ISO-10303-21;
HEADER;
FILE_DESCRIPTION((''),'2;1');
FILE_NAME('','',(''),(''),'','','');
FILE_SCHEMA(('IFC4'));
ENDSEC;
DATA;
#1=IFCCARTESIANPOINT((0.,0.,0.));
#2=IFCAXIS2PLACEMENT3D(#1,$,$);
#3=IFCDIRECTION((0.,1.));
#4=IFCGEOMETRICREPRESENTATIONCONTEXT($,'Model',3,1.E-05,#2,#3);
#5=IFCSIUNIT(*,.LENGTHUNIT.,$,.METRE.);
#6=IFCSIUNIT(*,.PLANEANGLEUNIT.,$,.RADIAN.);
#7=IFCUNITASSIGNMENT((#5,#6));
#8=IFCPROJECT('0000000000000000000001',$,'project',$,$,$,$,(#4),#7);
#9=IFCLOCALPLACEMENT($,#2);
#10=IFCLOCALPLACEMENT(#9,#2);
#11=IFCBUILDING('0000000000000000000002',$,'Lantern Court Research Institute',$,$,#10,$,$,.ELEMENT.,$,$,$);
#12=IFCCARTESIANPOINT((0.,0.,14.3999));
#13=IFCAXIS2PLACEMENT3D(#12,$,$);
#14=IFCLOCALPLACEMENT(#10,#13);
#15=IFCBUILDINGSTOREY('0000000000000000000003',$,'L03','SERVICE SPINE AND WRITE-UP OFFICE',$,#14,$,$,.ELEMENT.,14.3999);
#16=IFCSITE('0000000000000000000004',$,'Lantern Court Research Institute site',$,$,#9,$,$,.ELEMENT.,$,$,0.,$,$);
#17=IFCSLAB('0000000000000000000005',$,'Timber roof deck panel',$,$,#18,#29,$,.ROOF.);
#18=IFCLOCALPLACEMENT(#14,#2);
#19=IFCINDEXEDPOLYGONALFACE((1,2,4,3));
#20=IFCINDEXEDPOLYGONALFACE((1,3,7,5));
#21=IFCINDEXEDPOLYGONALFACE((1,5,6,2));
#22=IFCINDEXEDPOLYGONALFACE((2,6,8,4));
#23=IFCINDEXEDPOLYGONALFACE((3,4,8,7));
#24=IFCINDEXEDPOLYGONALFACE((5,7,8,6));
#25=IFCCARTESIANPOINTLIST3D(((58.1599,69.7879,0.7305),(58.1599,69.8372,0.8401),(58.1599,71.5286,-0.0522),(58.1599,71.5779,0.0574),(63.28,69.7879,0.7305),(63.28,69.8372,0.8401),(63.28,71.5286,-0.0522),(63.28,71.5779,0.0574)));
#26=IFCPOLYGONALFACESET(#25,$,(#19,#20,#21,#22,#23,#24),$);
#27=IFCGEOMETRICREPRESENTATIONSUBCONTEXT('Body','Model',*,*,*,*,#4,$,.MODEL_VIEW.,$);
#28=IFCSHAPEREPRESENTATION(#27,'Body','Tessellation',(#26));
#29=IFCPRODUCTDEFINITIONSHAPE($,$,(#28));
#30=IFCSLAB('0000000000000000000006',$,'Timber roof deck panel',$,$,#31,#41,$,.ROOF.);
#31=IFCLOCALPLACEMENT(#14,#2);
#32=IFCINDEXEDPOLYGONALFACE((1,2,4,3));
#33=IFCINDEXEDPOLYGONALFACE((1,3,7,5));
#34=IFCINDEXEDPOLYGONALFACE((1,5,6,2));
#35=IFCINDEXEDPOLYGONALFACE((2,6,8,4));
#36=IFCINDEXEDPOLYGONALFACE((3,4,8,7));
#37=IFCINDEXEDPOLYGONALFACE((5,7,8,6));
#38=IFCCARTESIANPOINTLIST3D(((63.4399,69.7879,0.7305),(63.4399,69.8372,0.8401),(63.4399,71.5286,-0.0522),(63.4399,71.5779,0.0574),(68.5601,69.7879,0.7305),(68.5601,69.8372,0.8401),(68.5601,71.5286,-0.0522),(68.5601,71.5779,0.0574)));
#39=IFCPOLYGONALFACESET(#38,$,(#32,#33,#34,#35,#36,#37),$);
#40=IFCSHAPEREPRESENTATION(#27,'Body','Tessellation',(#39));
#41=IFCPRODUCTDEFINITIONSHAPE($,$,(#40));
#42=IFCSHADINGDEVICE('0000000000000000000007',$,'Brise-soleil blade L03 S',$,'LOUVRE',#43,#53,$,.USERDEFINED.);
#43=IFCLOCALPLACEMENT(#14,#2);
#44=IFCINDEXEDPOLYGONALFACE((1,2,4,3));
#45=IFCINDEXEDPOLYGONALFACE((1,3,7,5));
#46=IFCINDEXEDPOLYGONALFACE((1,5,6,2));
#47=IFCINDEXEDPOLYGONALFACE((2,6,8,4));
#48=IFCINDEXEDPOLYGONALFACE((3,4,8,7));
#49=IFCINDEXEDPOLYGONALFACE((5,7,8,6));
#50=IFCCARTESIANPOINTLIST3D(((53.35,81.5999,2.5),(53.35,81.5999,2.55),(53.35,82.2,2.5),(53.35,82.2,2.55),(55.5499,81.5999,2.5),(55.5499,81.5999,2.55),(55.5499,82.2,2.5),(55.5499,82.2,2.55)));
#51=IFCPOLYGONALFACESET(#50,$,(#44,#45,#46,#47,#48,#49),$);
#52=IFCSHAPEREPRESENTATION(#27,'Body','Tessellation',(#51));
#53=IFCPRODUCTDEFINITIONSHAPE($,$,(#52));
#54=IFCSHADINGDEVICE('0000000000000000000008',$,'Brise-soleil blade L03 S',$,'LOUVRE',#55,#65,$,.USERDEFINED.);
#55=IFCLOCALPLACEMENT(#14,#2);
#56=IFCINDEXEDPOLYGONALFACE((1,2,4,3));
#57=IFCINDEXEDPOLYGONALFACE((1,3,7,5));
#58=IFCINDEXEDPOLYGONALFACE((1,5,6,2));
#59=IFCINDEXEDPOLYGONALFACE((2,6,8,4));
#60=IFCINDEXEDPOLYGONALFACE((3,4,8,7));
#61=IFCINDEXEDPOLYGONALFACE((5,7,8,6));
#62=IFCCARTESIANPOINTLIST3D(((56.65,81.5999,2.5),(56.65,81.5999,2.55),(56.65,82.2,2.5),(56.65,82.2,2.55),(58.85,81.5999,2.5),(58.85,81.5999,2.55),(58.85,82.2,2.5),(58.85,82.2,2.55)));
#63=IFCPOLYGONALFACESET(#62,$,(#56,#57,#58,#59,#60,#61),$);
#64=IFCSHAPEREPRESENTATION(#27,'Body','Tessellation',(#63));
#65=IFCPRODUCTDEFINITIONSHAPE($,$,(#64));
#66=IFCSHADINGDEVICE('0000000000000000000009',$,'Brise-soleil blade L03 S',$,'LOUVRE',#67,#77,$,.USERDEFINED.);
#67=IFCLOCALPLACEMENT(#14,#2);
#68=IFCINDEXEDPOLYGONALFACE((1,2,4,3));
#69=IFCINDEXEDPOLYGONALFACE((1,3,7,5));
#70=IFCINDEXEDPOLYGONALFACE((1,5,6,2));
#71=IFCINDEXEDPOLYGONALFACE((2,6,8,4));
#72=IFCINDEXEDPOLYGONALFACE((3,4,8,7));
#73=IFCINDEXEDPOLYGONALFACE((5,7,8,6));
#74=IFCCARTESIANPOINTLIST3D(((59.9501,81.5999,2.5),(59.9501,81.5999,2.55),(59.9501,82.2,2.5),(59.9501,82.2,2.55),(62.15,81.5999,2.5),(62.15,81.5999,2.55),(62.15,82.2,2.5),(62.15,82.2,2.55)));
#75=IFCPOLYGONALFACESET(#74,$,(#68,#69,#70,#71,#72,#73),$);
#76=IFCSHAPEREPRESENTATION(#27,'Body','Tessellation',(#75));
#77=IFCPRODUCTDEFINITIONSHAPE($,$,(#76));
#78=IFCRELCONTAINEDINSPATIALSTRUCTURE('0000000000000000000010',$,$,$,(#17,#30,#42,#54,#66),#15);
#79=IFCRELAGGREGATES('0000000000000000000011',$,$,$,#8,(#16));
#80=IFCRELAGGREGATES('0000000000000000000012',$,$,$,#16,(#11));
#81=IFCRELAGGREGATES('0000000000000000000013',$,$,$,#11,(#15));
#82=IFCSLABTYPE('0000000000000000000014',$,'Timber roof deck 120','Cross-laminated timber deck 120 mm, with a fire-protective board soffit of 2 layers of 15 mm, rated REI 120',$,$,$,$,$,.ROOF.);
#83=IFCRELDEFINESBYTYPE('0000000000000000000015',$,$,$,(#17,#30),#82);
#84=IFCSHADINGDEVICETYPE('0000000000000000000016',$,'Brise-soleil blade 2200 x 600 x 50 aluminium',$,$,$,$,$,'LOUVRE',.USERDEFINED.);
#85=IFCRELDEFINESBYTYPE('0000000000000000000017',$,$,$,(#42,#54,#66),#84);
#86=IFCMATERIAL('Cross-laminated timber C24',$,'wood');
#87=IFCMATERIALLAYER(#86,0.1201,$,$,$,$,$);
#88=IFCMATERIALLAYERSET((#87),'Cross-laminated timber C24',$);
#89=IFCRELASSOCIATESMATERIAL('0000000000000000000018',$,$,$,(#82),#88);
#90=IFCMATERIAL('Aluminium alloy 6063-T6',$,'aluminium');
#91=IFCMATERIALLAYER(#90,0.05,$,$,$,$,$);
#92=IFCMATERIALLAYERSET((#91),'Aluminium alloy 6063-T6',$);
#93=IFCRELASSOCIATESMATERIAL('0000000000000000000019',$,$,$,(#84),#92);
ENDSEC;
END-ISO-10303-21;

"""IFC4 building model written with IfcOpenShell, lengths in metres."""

from ifc_helpers import new_model, si_unit, direction, frame, origin, origin_2d, place, context, subcontext, project, spatial, polyline, rectangle, outline, extrude, material, layer, layer_set, type_object, element, save


model = new_model("IFC4")

# Units and contexts
model_context = context("Model", 3, precision=1e-05, world=origin(), true_north=direction((0.0, 1.0)))
body_context = subcontext(model_context, "Body", "Model", "MODEL_VIEW")
ifc_project = project(units=[si_unit("LENGTHUNIT", "METRE"), si_unit("PLANEANGLEUNIT", "RADIAN")], contexts=[model_context])

# Site, building, storey
site_placement = place(None, origin())
site = spatial("IfcSite", under=ifc_project, at=site_placement, Name="Lantern Court Research Institute site", CompositionType="ELEMENT", RefElevation=0.0)
building_placement = place(site_placement, origin())
building = spatial("IfcBuilding", under=site, at=building_placement, Name="Lantern Court Research Institute", CompositionType="ELEMENT")
storey_placement = place(building_placement, frame((0.0, 0.0, 14.3999)))
storey = spatial("IfcBuildingStorey", under=building, at=storey_placement, Name="L03", Description="SERVICE SPINE AND WRITE-UP OFFICE", CompositionType="ELEMENT", Elevation=14.3999)

# Slabs
ifc_material_1 = material(Name="Cross-laminated timber C24", Category="wood")
ifc_layer_1 = layer(ifc_material_1, 0.1201)
ifc_layer_set_1 = layer_set([ifc_layer_1], Name="Cross-laminated timber C24")
slab_type_1 = type_object("IfcSlabType", Name="Timber roof deck 120", Description="Cross-laminated timber deck 120 mm, with a fire-protective board soffit of 2 layers of 15 mm, rated REI 120", PredefinedType="ROOF", material=ifc_layer_set_1)
for number, where, z_axis, x_axis, name in (
    (1, (58.1599, 69.8372, 0.8401), (0.0, 0.410099, 0.912041), (1.0, 0.0, 0.0), "Timber roof deck panel"),
    (2, (63.4399, 69.8372, 0.8401), (0.0, 0.410099, 0.912041), (1.0, 0.0, 0.0), "Timber roof deck panel"),
):
    element("IfcSlab", number, at=place(storey_placement, frame(where, z_axis=z_axis, x_axis=x_axis)), inside=storey, type_object=slab_type_1, Name=name, PredefinedType="ROOF", context=body_context, shape_type="SweptSolid", body=[
        extrude(outline(polyline([(0.0, 0.0), (5.1201, 0.0), (5.1201, 1.9086), (0.0, 1.9086), (0.0, 0.0)])), origin(), (0.0, 0.0, -1.0), 0.1201),
    ])

# Shading devices
ifc_material_2 = material(Name="Aluminium alloy 6063-T6", Category="aluminium")
ifc_layer_2 = layer(ifc_material_2, 0.05)
ifc_layer_set_2 = layer_set([ifc_layer_2], Name="Aluminium alloy 6063-T6")
shading_device_type = type_object("IfcShadingDeviceType", Name="Brise-soleil blade 2200 x 600 x 50 aluminium", ElementType="LOUVRE", PredefinedType="USERDEFINED", material=ifc_layer_set_2)
for number, where, z_axis, x_axis, name in (
    (3, (54.45, 81.8999, 2.5), (0.0, 0.0, 1.0), (-1.0, 0.0, 0.0), "Brise-soleil blade L03 S"),
    (4, (57.75, 81.8999, 2.5), (0.0, 0.0, 1.0), (-1.0, 0.0, 0.0), "Brise-soleil blade L03 S"),
    (5, (61.05, 81.8999, 2.5), (0.0, 0.0, 1.0), (-1.0, 0.0, 0.0), "Brise-soleil blade L03 S"),
):
    element("IfcShadingDevice", number, at=place(storey_placement, frame(where, z_axis=z_axis, x_axis=x_axis)), inside=storey, type_object=shading_device_type, Name=name, ObjectType="LOUVRE", PredefinedType="USERDEFINED", context=body_context, shape_type="SweptSolid", body=[
        extrude(rectangle(XDim=2.2, YDim=0.6001, at=origin_2d()), origin(), (0.0, 0.0, 1.0), 0.05),
    ])

save(model, "model.ifc")
